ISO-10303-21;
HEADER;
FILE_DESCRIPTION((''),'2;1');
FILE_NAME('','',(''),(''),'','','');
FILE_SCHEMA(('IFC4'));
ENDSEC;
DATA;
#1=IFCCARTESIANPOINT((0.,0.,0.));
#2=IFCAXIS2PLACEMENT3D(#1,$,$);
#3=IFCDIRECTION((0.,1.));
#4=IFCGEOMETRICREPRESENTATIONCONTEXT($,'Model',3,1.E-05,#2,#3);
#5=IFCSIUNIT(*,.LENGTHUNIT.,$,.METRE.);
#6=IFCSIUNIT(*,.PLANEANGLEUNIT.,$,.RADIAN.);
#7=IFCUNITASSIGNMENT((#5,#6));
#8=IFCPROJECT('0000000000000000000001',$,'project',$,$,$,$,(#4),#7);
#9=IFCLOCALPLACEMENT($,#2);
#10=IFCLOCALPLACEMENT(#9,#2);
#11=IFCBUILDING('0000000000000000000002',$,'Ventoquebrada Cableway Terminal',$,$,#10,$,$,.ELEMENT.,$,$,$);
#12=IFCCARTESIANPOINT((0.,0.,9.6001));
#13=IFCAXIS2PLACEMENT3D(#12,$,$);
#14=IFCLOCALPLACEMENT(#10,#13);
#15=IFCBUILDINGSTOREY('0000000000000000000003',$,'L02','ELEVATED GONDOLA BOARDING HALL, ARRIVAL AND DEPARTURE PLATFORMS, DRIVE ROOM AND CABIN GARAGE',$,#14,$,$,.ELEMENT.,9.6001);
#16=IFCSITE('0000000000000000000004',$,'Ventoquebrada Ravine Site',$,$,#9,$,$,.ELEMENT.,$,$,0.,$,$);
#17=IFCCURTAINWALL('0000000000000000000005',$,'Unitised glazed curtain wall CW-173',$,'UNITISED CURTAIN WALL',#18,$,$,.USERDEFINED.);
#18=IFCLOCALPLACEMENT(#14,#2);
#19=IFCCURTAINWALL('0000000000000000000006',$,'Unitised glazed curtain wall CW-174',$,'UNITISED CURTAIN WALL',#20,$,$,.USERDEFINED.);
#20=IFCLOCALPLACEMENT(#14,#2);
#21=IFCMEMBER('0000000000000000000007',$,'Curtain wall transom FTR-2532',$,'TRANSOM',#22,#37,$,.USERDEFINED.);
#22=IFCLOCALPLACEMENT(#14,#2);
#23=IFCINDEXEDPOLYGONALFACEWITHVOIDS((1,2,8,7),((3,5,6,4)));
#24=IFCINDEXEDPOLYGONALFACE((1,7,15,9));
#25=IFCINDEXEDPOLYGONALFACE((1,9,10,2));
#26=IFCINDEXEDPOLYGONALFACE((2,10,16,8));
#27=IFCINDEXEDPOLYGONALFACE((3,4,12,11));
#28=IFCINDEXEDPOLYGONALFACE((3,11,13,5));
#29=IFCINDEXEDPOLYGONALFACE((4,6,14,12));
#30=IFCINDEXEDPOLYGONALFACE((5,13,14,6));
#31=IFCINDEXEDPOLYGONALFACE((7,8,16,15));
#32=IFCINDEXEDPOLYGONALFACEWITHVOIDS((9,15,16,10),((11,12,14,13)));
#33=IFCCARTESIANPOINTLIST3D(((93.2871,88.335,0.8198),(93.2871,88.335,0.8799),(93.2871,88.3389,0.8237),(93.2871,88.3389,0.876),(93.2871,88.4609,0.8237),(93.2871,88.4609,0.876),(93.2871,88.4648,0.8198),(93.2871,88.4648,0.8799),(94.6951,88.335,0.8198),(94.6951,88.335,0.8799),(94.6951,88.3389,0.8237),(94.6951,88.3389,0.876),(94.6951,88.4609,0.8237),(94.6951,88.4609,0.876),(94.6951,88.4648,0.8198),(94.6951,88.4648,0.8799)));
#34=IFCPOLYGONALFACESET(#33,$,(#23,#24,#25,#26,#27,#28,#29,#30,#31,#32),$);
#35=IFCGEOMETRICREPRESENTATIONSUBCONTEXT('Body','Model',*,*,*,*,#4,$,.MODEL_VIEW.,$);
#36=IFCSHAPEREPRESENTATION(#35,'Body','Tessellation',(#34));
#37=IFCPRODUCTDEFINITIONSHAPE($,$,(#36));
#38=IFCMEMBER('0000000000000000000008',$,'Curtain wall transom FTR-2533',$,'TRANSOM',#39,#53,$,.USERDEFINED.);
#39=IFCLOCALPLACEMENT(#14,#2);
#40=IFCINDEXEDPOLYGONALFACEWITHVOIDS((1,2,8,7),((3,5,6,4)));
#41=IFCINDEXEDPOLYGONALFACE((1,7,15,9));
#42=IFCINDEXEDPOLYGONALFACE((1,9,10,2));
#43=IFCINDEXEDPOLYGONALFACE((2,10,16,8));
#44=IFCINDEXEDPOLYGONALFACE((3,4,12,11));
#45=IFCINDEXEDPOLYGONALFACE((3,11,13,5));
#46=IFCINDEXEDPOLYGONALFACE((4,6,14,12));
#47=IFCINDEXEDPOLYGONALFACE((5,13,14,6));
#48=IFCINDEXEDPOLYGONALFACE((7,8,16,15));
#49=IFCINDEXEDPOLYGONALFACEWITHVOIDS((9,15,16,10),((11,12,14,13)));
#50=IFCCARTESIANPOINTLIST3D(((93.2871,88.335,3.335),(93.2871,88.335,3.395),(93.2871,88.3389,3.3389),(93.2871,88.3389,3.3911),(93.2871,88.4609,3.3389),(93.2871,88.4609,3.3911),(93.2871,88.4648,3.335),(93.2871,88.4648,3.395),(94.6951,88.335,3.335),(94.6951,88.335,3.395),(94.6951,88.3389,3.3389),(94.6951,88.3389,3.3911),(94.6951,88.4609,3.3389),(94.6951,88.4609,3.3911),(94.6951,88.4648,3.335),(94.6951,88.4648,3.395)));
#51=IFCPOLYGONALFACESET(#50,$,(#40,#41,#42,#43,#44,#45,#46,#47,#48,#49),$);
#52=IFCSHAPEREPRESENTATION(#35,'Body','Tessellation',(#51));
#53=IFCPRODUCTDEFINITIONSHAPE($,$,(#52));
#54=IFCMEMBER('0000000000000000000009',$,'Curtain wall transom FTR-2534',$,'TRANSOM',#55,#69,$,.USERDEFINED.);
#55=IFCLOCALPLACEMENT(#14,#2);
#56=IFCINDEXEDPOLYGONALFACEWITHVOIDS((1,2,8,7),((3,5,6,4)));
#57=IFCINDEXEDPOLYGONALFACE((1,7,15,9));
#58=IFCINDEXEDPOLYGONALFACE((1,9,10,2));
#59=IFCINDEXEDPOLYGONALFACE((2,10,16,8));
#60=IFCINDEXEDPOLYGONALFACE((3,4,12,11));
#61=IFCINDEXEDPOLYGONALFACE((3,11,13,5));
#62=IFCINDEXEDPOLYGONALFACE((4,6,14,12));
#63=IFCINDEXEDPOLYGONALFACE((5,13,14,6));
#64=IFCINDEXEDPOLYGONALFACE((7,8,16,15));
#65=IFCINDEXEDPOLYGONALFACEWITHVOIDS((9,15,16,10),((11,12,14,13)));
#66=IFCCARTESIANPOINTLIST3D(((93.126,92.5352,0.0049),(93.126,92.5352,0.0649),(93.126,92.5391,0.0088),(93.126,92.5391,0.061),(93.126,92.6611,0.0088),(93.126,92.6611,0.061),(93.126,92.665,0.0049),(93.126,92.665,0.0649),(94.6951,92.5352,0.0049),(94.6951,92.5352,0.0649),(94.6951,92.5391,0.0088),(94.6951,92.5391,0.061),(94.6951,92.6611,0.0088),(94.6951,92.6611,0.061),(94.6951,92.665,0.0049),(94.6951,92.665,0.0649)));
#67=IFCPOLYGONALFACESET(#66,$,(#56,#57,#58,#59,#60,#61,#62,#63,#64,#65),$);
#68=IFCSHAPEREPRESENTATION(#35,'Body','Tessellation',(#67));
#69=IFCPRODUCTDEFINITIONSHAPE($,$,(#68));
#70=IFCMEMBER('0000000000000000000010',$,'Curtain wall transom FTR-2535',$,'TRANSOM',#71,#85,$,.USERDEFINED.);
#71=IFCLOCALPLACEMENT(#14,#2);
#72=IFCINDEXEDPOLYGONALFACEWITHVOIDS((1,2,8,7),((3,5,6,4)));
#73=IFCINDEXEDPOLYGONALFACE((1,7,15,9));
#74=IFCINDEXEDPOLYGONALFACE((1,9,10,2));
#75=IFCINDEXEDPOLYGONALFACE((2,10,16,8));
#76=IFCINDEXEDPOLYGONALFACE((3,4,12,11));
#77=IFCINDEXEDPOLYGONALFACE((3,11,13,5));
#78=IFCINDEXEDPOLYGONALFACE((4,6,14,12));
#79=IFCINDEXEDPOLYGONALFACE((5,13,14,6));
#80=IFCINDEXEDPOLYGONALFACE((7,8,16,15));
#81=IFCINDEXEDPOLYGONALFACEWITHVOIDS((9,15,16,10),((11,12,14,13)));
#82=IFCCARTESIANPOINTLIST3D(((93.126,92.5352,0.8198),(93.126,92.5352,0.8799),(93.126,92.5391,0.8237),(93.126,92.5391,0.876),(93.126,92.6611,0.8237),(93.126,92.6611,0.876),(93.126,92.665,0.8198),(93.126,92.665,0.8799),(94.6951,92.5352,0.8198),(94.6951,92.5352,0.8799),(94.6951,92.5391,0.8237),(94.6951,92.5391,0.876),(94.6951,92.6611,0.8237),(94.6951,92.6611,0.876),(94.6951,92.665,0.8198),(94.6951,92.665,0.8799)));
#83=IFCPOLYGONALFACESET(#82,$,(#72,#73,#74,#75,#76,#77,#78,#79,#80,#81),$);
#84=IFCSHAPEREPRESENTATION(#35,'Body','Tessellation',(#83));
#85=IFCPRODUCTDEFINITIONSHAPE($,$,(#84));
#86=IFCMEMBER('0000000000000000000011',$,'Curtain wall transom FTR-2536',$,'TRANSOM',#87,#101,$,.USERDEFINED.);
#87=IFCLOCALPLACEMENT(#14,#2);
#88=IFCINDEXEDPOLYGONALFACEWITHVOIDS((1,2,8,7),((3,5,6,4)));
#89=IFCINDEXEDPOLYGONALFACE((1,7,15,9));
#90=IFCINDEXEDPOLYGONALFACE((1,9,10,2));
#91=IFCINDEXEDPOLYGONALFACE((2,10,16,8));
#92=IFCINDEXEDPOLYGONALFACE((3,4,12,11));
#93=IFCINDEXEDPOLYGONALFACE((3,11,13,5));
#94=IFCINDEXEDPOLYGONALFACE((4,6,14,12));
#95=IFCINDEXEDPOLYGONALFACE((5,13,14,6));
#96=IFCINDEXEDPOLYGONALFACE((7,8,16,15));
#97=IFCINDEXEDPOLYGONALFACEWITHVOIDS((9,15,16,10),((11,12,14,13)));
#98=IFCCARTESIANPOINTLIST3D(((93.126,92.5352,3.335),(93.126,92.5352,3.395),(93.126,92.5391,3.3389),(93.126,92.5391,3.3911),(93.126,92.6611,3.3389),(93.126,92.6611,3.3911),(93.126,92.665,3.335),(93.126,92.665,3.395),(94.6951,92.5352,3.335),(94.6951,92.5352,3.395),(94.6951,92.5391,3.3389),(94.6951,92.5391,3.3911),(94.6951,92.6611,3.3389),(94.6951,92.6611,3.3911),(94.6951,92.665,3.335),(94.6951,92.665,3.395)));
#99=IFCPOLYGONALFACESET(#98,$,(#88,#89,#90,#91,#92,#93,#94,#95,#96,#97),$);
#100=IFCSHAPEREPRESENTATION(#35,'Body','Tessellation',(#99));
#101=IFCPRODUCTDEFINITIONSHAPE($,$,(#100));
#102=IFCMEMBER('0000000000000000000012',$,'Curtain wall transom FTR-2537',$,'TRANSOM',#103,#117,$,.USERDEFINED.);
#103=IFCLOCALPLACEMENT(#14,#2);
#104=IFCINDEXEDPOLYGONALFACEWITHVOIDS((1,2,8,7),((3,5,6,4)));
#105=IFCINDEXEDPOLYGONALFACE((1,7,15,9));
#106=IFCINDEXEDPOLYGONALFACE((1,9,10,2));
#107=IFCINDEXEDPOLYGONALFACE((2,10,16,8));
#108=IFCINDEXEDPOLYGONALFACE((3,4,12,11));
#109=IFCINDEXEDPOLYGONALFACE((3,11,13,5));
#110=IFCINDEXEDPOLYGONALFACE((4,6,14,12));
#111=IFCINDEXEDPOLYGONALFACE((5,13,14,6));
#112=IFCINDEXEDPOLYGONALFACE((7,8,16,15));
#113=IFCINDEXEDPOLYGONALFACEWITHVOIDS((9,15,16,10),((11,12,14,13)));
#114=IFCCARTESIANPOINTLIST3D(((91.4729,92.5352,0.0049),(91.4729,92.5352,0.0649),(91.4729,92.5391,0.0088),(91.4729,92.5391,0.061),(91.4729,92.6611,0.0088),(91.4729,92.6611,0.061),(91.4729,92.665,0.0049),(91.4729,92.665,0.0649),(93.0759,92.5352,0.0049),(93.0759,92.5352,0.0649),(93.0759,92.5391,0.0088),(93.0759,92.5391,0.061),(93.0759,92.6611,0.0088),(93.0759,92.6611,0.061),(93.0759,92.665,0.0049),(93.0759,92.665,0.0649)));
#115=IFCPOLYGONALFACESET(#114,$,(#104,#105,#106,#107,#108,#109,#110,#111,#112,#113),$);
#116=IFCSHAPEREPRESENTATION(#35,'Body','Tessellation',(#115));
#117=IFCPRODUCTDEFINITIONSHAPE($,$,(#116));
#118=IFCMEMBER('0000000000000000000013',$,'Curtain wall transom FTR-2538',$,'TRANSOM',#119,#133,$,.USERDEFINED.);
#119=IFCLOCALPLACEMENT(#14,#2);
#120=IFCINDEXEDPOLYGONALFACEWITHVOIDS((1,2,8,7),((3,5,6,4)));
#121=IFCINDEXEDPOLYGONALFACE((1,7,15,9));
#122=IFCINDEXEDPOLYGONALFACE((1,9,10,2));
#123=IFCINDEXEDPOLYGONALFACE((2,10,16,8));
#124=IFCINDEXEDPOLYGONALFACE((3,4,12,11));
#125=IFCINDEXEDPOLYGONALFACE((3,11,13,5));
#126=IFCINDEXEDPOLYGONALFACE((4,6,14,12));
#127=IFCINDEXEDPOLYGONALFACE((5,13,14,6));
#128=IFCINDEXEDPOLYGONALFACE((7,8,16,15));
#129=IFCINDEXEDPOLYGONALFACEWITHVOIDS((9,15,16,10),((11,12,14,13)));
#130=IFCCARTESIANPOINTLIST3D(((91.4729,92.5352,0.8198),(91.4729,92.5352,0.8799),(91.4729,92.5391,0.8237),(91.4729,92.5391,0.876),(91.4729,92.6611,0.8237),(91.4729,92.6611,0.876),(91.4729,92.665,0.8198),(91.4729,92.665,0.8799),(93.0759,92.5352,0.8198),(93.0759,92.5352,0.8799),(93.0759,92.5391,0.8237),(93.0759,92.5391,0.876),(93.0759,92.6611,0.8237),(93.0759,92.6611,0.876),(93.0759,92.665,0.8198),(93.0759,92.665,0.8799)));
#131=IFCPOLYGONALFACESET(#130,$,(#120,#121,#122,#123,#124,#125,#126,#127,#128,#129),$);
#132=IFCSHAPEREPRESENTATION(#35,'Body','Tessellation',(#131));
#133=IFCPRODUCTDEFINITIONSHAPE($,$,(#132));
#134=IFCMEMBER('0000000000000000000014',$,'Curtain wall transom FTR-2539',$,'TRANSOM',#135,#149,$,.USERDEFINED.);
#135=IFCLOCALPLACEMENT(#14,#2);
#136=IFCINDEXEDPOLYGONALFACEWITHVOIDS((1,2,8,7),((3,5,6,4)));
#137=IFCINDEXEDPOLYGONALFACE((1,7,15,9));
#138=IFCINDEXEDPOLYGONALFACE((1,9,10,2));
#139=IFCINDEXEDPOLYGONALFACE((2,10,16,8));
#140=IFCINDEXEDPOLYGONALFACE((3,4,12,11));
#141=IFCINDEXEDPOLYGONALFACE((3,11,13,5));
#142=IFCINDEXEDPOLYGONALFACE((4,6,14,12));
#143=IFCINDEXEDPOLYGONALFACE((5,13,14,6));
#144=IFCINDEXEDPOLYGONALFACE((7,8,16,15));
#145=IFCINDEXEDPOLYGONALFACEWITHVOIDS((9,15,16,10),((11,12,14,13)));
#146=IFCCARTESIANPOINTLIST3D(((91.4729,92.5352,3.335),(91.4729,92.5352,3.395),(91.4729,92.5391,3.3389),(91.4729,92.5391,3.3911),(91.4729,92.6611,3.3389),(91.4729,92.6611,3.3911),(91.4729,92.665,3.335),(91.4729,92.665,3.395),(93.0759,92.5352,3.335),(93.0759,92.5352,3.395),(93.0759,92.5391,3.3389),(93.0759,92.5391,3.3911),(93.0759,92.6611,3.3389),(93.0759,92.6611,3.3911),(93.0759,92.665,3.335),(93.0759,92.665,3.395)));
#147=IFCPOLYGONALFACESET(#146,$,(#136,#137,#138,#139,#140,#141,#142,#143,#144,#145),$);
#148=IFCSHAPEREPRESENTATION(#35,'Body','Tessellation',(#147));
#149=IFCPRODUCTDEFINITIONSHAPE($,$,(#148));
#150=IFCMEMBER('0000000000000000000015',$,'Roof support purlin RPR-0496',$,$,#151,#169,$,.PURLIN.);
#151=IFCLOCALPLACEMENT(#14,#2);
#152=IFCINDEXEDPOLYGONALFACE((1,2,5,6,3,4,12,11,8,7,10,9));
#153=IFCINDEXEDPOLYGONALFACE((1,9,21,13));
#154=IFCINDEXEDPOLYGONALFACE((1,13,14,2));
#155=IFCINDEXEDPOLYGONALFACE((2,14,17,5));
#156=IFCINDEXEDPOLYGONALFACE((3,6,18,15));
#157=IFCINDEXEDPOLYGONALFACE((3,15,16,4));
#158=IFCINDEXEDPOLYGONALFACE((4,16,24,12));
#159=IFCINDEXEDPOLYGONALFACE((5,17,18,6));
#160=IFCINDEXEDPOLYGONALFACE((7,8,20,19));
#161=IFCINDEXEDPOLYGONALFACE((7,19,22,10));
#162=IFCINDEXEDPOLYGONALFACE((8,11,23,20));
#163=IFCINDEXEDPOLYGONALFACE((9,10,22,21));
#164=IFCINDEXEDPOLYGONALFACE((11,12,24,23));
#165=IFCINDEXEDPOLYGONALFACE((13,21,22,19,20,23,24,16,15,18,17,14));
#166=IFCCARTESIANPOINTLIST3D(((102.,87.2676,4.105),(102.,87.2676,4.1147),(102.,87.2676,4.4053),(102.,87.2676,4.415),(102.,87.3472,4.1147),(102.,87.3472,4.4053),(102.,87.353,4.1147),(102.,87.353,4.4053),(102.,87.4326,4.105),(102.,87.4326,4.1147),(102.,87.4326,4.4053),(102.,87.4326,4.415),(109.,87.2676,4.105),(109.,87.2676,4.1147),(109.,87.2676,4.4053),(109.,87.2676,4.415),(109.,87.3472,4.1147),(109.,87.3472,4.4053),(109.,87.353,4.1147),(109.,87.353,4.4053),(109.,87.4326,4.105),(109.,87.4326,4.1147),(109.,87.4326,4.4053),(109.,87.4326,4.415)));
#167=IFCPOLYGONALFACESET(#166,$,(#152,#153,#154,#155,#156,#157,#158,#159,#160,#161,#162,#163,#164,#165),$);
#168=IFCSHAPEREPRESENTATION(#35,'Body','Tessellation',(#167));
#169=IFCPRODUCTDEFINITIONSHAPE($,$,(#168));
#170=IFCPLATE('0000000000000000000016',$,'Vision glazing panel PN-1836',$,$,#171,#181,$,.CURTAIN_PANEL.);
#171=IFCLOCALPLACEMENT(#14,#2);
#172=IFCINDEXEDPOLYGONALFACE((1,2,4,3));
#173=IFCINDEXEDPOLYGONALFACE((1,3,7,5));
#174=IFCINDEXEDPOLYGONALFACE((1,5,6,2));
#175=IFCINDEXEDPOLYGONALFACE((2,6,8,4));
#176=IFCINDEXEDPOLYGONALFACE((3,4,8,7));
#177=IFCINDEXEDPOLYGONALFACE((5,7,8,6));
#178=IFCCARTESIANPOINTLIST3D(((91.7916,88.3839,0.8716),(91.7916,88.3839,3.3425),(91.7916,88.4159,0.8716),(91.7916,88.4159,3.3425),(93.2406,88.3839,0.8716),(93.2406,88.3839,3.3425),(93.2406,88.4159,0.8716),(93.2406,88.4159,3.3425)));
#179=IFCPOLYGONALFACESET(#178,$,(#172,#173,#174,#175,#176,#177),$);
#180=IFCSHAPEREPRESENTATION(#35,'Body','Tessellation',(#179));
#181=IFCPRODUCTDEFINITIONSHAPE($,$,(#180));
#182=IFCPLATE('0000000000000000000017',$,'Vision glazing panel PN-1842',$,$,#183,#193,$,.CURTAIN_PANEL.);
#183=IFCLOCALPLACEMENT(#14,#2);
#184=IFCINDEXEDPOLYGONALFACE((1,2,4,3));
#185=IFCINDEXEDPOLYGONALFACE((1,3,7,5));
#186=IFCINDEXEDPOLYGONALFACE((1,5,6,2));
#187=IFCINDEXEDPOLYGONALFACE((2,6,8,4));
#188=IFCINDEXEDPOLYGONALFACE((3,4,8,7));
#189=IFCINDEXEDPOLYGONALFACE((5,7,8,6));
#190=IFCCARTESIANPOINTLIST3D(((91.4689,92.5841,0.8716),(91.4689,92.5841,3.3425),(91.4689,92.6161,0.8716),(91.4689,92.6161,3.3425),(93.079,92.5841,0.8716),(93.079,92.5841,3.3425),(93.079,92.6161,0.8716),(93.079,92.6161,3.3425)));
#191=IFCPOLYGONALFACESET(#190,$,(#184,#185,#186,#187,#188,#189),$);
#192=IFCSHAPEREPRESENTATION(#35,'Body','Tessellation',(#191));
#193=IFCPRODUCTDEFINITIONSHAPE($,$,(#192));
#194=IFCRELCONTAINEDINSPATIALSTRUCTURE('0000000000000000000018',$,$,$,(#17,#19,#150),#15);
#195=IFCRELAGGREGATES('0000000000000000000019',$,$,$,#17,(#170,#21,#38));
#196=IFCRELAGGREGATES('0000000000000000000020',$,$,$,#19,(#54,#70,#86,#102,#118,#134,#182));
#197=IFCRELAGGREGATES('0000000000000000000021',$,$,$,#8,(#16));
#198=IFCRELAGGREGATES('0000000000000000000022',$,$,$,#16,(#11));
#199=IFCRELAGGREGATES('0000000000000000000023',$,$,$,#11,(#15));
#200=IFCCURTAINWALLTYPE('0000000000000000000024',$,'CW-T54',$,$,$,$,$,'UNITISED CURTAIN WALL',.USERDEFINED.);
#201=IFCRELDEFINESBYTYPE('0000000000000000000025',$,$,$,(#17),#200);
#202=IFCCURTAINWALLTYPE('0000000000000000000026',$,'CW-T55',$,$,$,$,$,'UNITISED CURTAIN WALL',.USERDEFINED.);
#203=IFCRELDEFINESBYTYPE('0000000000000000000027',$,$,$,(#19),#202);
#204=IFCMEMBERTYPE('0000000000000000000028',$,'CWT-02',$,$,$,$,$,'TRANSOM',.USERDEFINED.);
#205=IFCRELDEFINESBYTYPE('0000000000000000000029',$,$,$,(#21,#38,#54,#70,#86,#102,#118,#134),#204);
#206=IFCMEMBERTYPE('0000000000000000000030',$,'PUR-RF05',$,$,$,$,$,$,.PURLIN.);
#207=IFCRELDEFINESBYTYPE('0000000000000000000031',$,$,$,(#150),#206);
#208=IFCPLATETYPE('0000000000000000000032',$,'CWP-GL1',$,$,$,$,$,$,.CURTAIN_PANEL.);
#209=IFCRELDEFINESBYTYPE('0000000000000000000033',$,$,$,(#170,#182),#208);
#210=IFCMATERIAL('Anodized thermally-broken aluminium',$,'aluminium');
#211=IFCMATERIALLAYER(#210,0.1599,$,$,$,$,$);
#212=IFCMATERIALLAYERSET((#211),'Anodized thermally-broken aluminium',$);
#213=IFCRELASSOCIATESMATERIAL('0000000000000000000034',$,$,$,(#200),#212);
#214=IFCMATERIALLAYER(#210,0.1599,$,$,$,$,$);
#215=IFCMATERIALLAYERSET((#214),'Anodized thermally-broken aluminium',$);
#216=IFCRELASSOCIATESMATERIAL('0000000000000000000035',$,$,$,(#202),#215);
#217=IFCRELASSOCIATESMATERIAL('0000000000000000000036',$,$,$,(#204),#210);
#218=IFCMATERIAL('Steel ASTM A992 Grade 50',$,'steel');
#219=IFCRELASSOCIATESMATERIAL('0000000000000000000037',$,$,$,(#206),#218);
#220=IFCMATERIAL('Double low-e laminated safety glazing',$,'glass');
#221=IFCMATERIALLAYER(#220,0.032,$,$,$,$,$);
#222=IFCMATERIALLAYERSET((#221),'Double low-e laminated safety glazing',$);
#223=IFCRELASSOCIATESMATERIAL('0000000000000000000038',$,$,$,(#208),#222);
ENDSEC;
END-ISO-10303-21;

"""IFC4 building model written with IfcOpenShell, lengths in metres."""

from ifc_helpers import new_model, si_unit, direction, frame, origin, origin_2d, place, context, subcontext, project, spatial, rectangle, hollow_rectangle, i_section, extrude, material, layer, layer_set, material_profile, profile_set, type_object, element, aggregate, save


model = new_model("IFC4")

# Units and contexts
model_context = context("Model", 3, precision=1e-05, world=origin(), true_north=direction((0.0, 1.0)))
body_context = subcontext(model_context, "Body", "Model", "MODEL_VIEW")
ifc_project = project(units=[si_unit("LENGTHUNIT", "METRE"), si_unit("PLANEANGLEUNIT", "RADIAN")], contexts=[model_context])

# Site, building, storey
site_placement = place(None, origin())
site = spatial("IfcSite", under=ifc_project, at=site_placement, Name="Ventoquebrada Ravine Site", CompositionType="ELEMENT", RefElevation=0.0)
building_placement = place(site_placement, origin())
building = spatial("IfcBuilding", under=site, at=building_placement, Name="Ventoquebrada Cableway Terminal", CompositionType="ELEMENT")
storey_placement = place(building_placement, frame((0.0, 0.0, 9.6001)))
storey = spatial("IfcBuildingStorey", under=building, at=storey_placement, Name="L02", Description="ELEVATED GONDOLA BOARDING HALL, ARRIVAL AND DEPARTURE PLATFORMS, DRIVE ROOM AND CABIN GARAGE", CompositionType="ELEMENT", Elevation=9.6001)

# Curtain walls
ifc_material_1 = material(Name="Anodized thermally-broken aluminium", Category="aluminium")
ifc_layer_1 = layer(ifc_material_1, 0.1599)
ifc_layer_set_1 = layer_set([ifc_layer_1], Name="Anodized thermally-broken aluminium")
curtain_wall_type_1 = type_object("IfcCurtainWallType", Name="CW-T54", ElementType="UNITISED CURTAIN WALL", PredefinedType="USERDEFINED", material=ifc_layer_set_1)
curtain_wall_1_placement = place(storey_placement, origin())
curtain_wall_1 = element("IfcCurtainWall", 1, at=curtain_wall_1_placement, inside=storey, type_object=curtain_wall_type_1, Name="Unitised glazed curtain wall CW-173", ObjectType="UNITISED CURTAIN WALL", PredefinedType="USERDEFINED")
ifc_layer_2 = layer(ifc_material_1, 0.1599)
ifc_layer_set_2 = layer_set([ifc_layer_2], Name="Anodized thermally-broken aluminium")
curtain_wall_type_2 = type_object("IfcCurtainWallType", Name="CW-T55", ElementType="UNITISED CURTAIN WALL", PredefinedType="USERDEFINED", material=ifc_layer_set_2)
curtain_wall_2_placement = place(storey_placement, origin())
curtain_wall_2 = element("IfcCurtainWall", 2, at=curtain_wall_2_placement, inside=storey, type_object=curtain_wall_type_2, Name="Unitised glazed curtain wall CW-174", ObjectType="UNITISED CURTAIN WALL", PredefinedType="USERDEFINED")

# Members
ifc_material_profile_1 = material_profile(ifc_material_1, hollow_rectangle(XDim=0.0601, YDim=0.1299, WallThickness=0.0039, at=origin_2d()), Name="CW-TRN-60X130")
ifc_profile_set_1 = profile_set([ifc_material_profile_1], Name="Anodized thermally-broken aluminium")
member_type_1 = type_object("IfcMemberType", Name="CWT-02", ElementType="TRANSOM", PredefinedType="USERDEFINED", material=ifc_profile_set_1)
member_1_placement = place(storey_placement, frame((93.2871, 88.3999, 0.8499), z_axis=(1.0, 0.0, 0.0), x_axis=(0.0, 0.0, 1.0)))
member_1 = element("IfcMember", 3, at=member_1_placement, type_object=member_type_1, Name="Curtain wall transom FTR-2532", ObjectType="TRANSOM", PredefinedType="USERDEFINED", context=body_context, shape_type="SweptSolid", body=[
    extrude(hollow_rectangle(XDim=0.0601, YDim=0.1299, WallThickness=0.0039, at=origin_2d()), origin(), (0.0, 0.0, 1.0), 1.408),
])
member_2_placement = place(storey_placement, frame((93.2871, 88.3999, 3.365), z_axis=(1.0, 0.0, 0.0), x_axis=(0.0, 0.0, 1.0)))
member_2 = element("IfcMember", 4, at=member_2_placement, type_object=member_type_1, Name="Curtain wall transom FTR-2533", ObjectType="TRANSOM", PredefinedType="USERDEFINED", context=body_context, shape_type="SweptSolid", body=[
    extrude(hollow_rectangle(XDim=0.0601, YDim=0.1299, WallThickness=0.0039, at=origin_2d()), origin(), (0.0, 0.0, 1.0), 1.408),
])
member_3_placement = place(storey_placement, frame((94.6951, 92.6001, 0.0349), z_axis=(-1.0, 0.0, 0.0), x_axis=(0.0, 0.0, 1.0)))
member_3 = element("IfcMember", 5, at=member_3_placement, type_object=member_type_1, Name="Curtain wall transom FTR-2534", ObjectType="TRANSOM", PredefinedType="USERDEFINED", context=body_context, shape_type="SweptSolid", body=[
    extrude(hollow_rectangle(XDim=0.0601, YDim=0.1299, WallThickness=0.0039, at=origin_2d()), origin(), (0.0, 0.0, 1.0), 1.5691),
])
member_4_placement = place(storey_placement, frame((94.6951, 92.6001, 0.8499), z_axis=(-1.0, 0.0, 0.0), x_axis=(0.0, 0.0, 1.0)))
member_4 = element("IfcMember", 6, at=member_4_placement, type_object=member_type_1, Name="Curtain wall transom FTR-2535", ObjectType="TRANSOM", PredefinedType="USERDEFINED", context=body_context, shape_type="SweptSolid", body=[
    extrude(hollow_rectangle(XDim=0.0601, YDim=0.1299, WallThickness=0.0039, at=origin_2d()), origin(), (0.0, 0.0, 1.0), 1.5691),
])
member_5_placement = place(storey_placement, frame((94.6951, 92.6001, 3.365), z_axis=(-1.0, 0.0, 0.0), x_axis=(0.0, 0.0, 1.0)))
member_5 = element("IfcMember", 7, at=member_5_placement, type_object=member_type_1, Name="Curtain wall transom FTR-2536", ObjectType="TRANSOM", PredefinedType="USERDEFINED", context=body_context, shape_type="SweptSolid", body=[
    extrude(hollow_rectangle(XDim=0.0601, YDim=0.1299, WallThickness=0.0039, at=origin_2d()), origin(), (0.0, 0.0, 1.0), 1.5691),
])
member_6_placement = place(storey_placement, frame((93.0759, 92.6001, 0.0349), z_axis=(-1.0, 0.0, 0.0), x_axis=(0.0, 0.0, 1.0)))
member_6 = element("IfcMember", 8, at=member_6_placement, type_object=member_type_1, Name="Curtain wall transom FTR-2537", ObjectType="TRANSOM", PredefinedType="USERDEFINED", context=body_context, shape_type="SweptSolid", body=[
    extrude(hollow_rectangle(XDim=0.0601, YDim=0.1299, WallThickness=0.0039, at=origin_2d()), origin(), (0.0, 0.0, 1.0), 1.603),
])
member_7_placement = place(storey_placement, frame((93.0759, 92.6001, 0.8499), z_axis=(-1.0, 0.0, 0.0), x_axis=(0.0, 0.0, 1.0)))
member_7 = element("IfcMember", 9, at=member_7_placement, type_object=member_type_1, Name="Curtain wall transom FTR-2538", ObjectType="TRANSOM", PredefinedType="USERDEFINED", context=body_context, shape_type="SweptSolid", body=[
    extrude(hollow_rectangle(XDim=0.0601, YDim=0.1299, WallThickness=0.0039, at=origin_2d()), origin(), (0.0, 0.0, 1.0), 1.603),
])
member_8_placement = place(storey_placement, frame((93.0759, 92.6001, 3.365), z_axis=(-1.0, 0.0, 0.0), x_axis=(0.0, 0.0, 1.0)))
member_8 = element("IfcMember", 10, at=member_8_placement, type_object=member_type_1, Name="Curtain wall transom FTR-2539", ObjectType="TRANSOM", PredefinedType="USERDEFINED", context=body_context, shape_type="SweptSolid", body=[
    extrude(hollow_rectangle(XDim=0.0601, YDim=0.1299, WallThickness=0.0039, at=origin_2d()), origin(), (0.0, 0.0, 1.0), 1.603),
])
ifc_material_2 = material(Name="Steel ASTM A992 Grade 50", Category="steel")
ifc_material_profile_2 = material_profile(ifc_material_2, i_section(OverallWidth=0.165, OverallDepth=0.3101, WebThickness=0.0059, FlangeThickness=0.0098, at=origin_2d()), Name="W12X26")
ifc_profile_set_2 = profile_set([ifc_material_profile_2], Name="Steel ASTM A992 Grade 50")
member_type_2 = type_object("IfcMemberType", Name="PUR-RF05", PredefinedType="PURLIN", material=ifc_profile_set_2)
member_9_placement = place(storey_placement, frame((102.0, 87.3501, 4.26), z_axis=(1.0, 0.0, 0.0), x_axis=(0.0, 1.0, 0.0)))
element("IfcMember", 11, at=member_9_placement, inside=storey, type_object=member_type_2, Name="Roof support purlin RPR-0496", PredefinedType="PURLIN", context=body_context, shape_type="SweptSolid", body=[
    extrude(i_section(OverallWidth=0.165, OverallDepth=0.3101, WebThickness=0.0059, FlangeThickness=0.0098, at=origin_2d()), origin(), (0.0, 0.0, 1.0), 7.0),
])

# Plates
ifc_material_3 = material(Name="Double low-e laminated safety glazing", Category="glass")
ifc_layer_3 = layer(ifc_material_3, 0.032)
ifc_layer_set_3 = layer_set([ifc_layer_3], Name="Double low-e laminated safety glazing")
plate_type_1 = type_object("IfcPlateType", Name="CWP-GL1", PredefinedType="CURTAIN_PANEL", material=ifc_layer_set_3)
plate_1_placement = place(storey_placement, frame((92.5161, 88.3999, 0.8716), z_axis=(0.0, 0.0, 1.0), x_axis=(1.0, 0.0, 0.0)))
plate_1 = element("IfcPlate", 12, at=plate_1_placement, type_object=plate_type_1, Name="Vision glazing panel PN-1836", PredefinedType="CURTAIN_PANEL", context=body_context, shape_type="SweptSolid", body=[
    extrude(rectangle(XDim=1.449, YDim=0.032, at=origin_2d()), origin(), (0.0, 0.0, 1.0), 2.4709),
])
plate_2_placement = place(storey_placement, frame((92.2739, 92.6001, 0.8716), z_axis=(0.0, 0.0, 1.0), x_axis=(-1.0, 0.0, 0.0)))
plate_2 = element("IfcPlate", 13, at=plate_2_placement, type_object=plate_type_1, Name="Vision glazing panel PN-1842", PredefinedType="CURTAIN_PANEL", context=body_context, shape_type="SweptSolid", body=[
    extrude(rectangle(XDim=1.6101, YDim=0.032, at=origin_2d()), origin(), (0.0, 0.0, 1.0), 2.4709),
])
aggregate(curtain_wall_1, [plate_1, member_1, member_2])
aggregate(curtain_wall_2, [member_3, member_4, member_5, member_6, member_7, member_8, plate_2])

save(model, "model.ifc")
